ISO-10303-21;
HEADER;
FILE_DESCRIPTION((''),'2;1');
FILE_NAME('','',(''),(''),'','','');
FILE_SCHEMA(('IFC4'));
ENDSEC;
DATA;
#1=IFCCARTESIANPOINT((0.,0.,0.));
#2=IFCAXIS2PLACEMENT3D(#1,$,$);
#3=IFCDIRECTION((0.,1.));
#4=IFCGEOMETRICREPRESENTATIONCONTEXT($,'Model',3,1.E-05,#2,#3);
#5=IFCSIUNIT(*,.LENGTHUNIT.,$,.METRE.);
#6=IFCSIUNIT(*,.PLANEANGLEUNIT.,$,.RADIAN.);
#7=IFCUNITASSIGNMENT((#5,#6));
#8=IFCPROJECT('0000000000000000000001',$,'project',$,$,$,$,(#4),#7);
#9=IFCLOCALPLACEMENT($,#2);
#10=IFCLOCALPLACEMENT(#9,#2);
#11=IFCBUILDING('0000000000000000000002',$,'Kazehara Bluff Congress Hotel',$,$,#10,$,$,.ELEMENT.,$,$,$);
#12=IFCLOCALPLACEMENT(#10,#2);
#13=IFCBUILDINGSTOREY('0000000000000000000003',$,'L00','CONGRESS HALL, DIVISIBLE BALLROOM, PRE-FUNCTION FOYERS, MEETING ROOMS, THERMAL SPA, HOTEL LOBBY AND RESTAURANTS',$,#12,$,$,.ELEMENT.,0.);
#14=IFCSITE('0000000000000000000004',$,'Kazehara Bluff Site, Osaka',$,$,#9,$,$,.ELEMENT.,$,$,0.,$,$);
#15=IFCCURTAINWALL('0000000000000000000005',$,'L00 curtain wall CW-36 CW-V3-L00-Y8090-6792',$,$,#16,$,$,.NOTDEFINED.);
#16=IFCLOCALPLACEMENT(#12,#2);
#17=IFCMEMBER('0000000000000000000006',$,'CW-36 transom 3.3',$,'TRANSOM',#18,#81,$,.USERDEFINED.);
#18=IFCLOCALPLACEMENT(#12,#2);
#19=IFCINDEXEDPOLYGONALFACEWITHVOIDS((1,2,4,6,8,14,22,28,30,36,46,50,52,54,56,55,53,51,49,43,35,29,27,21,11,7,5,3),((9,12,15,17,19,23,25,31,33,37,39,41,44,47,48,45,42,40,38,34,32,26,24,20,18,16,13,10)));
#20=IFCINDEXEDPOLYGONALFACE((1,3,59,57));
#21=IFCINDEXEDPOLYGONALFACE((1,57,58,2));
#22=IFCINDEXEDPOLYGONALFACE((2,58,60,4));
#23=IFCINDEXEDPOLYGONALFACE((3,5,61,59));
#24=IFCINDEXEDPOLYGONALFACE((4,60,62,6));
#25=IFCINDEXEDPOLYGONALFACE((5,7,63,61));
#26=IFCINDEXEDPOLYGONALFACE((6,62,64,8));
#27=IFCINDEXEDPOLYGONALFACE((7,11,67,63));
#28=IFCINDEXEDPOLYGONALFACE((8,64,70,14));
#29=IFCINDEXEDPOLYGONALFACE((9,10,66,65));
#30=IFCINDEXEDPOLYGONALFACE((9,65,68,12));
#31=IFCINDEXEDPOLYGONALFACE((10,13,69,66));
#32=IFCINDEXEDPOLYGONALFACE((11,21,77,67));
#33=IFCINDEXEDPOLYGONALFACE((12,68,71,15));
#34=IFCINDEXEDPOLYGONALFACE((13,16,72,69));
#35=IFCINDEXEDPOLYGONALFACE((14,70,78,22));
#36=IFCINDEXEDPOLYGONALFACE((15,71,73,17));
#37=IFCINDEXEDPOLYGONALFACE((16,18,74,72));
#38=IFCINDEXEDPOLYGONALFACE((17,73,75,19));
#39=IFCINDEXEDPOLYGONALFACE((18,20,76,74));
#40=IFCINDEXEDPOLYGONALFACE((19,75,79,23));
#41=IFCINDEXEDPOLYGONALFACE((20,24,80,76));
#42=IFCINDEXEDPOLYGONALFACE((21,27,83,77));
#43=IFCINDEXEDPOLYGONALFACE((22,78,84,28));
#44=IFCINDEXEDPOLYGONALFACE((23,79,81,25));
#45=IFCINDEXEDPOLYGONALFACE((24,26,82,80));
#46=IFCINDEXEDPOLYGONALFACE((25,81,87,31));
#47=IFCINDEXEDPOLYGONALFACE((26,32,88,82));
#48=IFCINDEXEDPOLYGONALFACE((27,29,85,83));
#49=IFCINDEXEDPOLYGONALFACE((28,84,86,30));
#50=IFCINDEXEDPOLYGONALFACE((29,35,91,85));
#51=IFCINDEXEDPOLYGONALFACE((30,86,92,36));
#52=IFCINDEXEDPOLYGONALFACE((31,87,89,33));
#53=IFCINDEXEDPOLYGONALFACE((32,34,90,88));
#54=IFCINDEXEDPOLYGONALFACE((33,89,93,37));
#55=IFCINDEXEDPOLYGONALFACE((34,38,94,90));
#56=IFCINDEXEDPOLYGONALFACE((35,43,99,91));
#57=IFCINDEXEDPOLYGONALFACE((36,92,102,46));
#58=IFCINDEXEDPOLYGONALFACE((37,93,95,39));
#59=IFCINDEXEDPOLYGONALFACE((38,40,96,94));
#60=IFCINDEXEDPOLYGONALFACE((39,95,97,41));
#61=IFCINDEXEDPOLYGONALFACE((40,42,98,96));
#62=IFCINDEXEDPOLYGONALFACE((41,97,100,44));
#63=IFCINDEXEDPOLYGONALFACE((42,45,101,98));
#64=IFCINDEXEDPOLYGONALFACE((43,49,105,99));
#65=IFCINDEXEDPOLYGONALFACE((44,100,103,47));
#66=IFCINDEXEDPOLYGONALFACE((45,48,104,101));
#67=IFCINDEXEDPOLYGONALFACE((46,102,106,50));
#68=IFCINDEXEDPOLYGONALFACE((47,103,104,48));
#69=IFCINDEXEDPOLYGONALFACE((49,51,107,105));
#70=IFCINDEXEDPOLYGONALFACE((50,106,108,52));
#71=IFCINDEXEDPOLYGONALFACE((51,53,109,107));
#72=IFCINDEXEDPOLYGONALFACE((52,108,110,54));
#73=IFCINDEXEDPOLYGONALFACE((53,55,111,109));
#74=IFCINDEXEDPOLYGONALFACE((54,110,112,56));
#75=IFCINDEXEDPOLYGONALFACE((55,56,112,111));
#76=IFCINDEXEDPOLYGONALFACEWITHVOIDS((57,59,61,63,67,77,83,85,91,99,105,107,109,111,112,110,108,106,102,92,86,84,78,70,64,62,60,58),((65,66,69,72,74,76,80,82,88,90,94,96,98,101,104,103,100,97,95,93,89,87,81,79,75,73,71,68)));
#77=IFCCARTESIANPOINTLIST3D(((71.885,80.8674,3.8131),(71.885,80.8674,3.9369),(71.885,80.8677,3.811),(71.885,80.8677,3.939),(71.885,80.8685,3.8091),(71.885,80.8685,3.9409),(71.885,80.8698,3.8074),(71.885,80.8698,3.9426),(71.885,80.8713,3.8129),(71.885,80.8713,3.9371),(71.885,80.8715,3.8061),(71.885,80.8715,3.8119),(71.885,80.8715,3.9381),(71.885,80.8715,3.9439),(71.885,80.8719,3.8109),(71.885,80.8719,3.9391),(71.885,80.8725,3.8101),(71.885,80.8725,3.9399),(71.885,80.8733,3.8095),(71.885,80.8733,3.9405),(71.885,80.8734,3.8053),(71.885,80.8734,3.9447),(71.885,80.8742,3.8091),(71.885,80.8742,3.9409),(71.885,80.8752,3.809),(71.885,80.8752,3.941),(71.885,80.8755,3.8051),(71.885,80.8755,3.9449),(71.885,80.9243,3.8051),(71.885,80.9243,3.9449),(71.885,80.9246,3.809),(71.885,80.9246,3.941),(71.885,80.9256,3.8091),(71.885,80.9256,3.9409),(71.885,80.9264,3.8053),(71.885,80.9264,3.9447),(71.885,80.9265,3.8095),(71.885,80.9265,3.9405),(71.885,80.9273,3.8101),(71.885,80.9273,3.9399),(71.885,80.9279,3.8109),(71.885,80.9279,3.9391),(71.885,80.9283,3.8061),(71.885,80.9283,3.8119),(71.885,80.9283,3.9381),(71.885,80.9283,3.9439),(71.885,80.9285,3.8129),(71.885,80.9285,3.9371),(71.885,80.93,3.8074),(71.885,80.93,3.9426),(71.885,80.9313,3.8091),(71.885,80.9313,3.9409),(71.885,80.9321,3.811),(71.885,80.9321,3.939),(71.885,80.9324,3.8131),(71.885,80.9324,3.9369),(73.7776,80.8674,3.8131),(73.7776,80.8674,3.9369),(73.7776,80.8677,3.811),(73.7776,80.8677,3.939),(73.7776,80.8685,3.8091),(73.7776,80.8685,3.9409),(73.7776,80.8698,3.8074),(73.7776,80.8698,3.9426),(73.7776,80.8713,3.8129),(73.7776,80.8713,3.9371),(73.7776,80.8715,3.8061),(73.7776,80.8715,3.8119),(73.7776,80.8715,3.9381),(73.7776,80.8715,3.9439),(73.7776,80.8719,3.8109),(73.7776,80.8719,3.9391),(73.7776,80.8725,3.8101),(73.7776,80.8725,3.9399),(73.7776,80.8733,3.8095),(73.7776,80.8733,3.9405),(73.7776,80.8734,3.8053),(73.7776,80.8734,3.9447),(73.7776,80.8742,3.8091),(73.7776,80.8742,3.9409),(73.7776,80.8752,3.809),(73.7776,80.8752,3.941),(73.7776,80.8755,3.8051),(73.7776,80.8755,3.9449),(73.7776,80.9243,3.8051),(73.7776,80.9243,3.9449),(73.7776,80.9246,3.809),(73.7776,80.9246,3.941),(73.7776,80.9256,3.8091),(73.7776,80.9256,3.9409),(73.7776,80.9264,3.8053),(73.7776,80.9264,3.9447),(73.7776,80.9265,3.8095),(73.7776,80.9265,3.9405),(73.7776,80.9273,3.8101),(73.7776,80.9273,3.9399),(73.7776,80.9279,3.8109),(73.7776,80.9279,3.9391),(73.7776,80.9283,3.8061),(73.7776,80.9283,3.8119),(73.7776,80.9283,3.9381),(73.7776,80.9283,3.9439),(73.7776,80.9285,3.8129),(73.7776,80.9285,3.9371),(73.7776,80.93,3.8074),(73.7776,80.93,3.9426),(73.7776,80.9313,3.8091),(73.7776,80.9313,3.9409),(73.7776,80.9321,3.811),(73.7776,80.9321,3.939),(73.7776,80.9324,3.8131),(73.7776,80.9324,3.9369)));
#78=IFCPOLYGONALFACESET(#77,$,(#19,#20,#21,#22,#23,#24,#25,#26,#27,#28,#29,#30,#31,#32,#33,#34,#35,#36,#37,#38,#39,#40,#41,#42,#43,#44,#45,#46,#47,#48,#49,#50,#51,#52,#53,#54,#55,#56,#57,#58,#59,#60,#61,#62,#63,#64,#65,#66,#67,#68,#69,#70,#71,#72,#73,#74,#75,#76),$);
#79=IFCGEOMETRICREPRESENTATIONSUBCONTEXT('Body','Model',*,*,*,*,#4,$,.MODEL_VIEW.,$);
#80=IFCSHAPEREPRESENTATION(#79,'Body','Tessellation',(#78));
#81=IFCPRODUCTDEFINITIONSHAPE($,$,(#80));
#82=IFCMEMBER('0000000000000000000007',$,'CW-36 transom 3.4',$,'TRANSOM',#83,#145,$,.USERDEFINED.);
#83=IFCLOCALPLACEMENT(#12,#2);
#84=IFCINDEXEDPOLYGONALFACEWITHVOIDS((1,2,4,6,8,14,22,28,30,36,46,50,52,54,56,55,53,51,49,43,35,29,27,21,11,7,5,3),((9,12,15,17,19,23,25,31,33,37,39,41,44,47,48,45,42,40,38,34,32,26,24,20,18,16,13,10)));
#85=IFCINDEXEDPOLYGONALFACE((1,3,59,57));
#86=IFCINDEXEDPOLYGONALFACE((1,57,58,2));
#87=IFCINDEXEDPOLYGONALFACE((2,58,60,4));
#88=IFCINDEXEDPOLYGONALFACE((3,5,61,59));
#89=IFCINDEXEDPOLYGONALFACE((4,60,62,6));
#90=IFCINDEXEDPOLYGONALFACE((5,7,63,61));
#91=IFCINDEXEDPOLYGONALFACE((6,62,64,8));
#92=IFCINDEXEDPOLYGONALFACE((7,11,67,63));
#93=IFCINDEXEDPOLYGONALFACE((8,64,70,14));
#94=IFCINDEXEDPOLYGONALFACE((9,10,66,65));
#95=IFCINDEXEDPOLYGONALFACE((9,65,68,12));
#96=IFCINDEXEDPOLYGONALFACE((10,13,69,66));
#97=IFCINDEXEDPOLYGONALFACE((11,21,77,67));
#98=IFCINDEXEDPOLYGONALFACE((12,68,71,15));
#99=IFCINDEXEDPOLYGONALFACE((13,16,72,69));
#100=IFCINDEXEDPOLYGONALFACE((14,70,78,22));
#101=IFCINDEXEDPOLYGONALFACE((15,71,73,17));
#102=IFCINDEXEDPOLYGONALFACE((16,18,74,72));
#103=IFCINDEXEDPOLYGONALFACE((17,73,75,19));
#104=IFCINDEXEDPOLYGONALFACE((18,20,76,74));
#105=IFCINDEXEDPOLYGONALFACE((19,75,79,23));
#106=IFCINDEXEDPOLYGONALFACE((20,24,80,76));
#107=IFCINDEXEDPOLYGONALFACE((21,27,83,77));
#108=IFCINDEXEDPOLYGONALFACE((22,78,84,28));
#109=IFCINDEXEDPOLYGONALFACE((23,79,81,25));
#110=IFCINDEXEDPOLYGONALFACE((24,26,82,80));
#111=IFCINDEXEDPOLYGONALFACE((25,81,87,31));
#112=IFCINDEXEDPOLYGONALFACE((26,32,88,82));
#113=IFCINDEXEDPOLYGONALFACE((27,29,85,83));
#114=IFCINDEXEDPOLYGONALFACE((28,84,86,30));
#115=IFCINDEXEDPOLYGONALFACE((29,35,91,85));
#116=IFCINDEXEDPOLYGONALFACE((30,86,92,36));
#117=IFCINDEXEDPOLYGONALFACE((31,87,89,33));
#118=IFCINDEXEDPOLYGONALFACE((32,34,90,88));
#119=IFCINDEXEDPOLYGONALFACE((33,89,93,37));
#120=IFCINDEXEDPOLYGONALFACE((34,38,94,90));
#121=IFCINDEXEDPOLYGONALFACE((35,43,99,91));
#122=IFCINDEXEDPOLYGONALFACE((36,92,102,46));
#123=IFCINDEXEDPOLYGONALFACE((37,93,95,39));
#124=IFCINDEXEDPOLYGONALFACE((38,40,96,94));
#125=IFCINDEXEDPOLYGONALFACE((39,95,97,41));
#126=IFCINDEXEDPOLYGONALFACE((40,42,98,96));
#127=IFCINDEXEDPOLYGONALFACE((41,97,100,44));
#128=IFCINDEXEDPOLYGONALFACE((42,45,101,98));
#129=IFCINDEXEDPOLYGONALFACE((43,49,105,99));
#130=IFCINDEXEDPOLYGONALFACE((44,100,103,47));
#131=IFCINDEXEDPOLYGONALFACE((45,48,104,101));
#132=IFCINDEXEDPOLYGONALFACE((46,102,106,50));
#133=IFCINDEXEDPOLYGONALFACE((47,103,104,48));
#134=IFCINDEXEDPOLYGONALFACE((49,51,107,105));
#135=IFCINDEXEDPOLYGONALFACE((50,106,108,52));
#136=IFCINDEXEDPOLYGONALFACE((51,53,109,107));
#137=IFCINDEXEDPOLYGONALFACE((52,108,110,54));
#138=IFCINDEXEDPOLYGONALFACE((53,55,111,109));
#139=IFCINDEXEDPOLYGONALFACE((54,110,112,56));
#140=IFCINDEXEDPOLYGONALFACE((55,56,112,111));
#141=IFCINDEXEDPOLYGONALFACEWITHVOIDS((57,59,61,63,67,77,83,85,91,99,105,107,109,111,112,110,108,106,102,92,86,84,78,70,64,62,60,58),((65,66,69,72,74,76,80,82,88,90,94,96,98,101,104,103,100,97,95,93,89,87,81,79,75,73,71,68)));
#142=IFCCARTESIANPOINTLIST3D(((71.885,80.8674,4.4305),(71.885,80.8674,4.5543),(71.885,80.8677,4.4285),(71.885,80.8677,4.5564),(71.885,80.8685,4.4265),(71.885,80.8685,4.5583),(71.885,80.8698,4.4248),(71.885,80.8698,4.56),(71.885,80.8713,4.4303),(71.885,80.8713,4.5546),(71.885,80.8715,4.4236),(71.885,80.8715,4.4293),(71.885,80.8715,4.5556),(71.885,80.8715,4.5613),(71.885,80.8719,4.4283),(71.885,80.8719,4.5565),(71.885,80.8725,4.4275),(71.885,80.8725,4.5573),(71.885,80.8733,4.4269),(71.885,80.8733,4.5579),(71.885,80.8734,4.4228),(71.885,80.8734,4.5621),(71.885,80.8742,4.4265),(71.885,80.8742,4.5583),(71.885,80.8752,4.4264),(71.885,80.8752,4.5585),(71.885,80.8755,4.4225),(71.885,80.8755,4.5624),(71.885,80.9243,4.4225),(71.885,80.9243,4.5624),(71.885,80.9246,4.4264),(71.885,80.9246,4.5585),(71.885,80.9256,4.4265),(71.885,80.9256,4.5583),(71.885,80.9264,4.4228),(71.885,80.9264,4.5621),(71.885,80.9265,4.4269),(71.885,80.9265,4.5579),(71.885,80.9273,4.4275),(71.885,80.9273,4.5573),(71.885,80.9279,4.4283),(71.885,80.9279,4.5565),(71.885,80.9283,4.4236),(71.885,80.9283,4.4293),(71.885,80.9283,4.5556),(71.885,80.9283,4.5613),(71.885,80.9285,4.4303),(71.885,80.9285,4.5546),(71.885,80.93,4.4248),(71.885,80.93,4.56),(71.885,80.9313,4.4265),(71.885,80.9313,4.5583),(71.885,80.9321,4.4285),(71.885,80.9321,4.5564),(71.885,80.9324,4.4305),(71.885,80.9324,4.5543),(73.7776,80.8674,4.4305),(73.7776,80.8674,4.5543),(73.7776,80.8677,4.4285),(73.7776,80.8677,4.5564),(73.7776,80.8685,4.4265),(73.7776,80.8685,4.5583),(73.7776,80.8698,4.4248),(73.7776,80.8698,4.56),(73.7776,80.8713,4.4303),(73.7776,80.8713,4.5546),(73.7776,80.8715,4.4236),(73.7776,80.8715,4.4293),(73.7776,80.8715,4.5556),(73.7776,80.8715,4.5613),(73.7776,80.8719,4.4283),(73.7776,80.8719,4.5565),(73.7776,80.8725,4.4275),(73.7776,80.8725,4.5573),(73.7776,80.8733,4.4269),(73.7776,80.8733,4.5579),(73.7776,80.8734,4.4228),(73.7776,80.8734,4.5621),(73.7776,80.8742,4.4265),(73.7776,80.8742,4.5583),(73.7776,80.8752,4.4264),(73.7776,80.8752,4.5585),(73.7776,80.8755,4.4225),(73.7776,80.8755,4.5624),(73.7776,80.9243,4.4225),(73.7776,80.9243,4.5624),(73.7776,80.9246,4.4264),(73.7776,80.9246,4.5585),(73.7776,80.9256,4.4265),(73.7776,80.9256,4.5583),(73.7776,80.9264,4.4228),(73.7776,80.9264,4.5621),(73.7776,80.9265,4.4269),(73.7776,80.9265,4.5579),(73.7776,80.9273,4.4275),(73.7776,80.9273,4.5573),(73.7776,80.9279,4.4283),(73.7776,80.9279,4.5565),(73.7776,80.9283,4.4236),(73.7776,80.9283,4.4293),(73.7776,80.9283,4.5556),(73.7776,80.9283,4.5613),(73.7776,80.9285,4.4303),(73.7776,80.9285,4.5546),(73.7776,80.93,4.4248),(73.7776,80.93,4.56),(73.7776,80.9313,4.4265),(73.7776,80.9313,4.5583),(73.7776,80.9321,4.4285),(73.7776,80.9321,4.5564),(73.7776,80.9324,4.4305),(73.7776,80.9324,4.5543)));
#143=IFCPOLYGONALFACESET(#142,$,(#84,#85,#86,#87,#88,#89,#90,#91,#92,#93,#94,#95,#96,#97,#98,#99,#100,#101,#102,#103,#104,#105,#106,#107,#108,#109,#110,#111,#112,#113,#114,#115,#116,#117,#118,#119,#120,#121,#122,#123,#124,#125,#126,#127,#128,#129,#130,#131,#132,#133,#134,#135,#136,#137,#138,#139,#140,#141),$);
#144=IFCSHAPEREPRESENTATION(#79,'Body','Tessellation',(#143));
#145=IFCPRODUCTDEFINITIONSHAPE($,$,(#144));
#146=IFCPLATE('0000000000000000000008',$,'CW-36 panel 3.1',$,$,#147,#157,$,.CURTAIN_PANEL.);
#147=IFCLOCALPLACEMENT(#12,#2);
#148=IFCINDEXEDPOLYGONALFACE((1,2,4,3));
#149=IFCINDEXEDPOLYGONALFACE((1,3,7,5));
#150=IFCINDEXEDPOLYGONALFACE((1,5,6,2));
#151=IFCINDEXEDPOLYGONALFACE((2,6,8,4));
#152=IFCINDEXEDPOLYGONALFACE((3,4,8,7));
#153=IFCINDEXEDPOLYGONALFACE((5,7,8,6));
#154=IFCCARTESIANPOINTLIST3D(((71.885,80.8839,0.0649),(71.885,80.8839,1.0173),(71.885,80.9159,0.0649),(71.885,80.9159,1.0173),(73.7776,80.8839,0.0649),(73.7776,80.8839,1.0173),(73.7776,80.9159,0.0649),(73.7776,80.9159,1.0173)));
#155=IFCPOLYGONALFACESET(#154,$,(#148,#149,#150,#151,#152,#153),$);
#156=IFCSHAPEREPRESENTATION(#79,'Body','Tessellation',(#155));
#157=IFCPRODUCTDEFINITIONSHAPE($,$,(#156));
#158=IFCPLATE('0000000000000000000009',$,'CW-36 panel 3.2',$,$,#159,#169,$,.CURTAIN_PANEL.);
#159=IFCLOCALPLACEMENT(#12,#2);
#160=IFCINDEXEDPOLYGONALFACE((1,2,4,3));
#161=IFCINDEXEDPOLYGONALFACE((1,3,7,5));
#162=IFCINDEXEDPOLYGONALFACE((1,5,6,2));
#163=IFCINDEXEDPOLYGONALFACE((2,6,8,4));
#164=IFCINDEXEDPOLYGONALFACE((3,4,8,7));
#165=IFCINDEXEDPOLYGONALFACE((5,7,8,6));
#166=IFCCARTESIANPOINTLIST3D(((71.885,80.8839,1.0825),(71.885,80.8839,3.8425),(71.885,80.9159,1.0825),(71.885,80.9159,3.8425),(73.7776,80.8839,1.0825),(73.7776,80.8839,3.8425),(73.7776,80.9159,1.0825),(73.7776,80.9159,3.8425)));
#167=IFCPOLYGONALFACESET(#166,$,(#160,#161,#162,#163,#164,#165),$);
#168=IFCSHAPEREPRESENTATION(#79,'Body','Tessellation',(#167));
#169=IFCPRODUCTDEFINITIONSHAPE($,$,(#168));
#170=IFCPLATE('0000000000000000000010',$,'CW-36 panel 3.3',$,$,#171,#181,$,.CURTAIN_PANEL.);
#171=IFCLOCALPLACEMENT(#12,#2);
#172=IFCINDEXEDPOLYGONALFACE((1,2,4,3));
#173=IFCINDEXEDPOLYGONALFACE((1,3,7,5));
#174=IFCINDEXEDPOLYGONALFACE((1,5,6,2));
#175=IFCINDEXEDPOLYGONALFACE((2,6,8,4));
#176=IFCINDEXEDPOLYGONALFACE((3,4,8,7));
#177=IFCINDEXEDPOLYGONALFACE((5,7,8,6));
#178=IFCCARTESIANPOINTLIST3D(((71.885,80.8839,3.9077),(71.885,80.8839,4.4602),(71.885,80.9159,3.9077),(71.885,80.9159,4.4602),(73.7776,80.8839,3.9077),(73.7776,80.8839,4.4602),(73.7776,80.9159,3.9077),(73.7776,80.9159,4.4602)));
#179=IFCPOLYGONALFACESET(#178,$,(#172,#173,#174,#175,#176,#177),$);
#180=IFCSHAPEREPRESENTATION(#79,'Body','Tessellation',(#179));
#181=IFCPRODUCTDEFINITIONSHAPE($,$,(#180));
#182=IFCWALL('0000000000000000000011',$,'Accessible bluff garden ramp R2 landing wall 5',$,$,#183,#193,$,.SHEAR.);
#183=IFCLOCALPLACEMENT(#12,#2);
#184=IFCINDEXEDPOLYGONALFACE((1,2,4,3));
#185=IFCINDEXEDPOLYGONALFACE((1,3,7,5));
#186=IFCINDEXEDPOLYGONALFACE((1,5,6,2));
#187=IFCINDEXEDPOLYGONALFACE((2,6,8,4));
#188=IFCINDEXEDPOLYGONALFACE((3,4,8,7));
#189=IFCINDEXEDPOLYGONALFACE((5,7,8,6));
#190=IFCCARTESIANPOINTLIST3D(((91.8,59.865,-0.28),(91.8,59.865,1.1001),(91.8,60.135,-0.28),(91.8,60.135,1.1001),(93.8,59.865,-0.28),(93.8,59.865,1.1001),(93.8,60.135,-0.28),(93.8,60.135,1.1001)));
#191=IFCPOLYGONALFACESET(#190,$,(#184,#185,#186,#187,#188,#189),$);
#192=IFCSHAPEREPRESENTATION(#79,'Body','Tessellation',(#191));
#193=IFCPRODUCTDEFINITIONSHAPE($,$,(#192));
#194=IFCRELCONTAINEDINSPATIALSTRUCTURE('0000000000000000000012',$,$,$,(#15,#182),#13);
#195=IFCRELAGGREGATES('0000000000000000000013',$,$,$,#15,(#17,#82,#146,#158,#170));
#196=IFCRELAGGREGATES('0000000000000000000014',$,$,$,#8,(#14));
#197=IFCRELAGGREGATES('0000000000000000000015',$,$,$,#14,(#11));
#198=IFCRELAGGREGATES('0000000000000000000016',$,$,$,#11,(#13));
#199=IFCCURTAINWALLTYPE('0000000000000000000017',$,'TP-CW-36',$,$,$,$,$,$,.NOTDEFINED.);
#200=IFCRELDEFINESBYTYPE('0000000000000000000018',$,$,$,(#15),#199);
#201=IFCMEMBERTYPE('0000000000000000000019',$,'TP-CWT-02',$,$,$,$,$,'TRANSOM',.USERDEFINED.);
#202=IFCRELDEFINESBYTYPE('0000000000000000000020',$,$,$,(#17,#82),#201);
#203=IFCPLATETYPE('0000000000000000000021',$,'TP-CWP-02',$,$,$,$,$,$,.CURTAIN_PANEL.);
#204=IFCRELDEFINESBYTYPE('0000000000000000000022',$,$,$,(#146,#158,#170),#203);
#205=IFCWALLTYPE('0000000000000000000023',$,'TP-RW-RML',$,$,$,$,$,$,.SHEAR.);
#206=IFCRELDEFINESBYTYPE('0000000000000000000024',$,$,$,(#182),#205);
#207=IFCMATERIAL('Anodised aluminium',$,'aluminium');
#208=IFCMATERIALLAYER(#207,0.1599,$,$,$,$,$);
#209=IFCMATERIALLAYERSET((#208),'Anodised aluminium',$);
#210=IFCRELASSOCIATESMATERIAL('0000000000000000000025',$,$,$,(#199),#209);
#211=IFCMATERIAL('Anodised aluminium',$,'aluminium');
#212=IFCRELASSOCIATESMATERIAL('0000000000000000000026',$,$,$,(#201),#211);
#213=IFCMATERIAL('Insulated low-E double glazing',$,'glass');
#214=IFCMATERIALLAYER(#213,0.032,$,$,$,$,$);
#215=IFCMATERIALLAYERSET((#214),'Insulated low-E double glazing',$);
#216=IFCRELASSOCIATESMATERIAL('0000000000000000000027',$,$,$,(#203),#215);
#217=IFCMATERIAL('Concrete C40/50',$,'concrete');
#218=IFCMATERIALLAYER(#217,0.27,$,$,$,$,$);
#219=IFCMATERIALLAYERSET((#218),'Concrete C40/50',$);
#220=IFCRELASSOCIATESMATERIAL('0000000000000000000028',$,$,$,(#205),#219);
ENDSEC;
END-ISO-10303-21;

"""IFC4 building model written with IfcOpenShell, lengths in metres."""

from ifc_helpers import new_model, si_unit, direction, frame, frame_2d, origin, origin_2d, place, context, subcontext, project, spatial, rectangle, hollow_rectangle, extrude, material, layer, layer_set, material_profile, profile_set, type_object, element, aggregate, save


model = new_model("IFC4")

# Units and contexts
model_context = context("Model", 3, precision=1e-05, world=origin(), true_north=direction((0.0, 1.0)))
body_context = subcontext(model_context, "Body", "Model", "MODEL_VIEW")
ifc_project = project(units=[si_unit("LENGTHUNIT", "METRE"), si_unit("PLANEANGLEUNIT", "RADIAN")], contexts=[model_context])

# Site, building, storey
site_placement = place(None, origin())
site = spatial("IfcSite", under=ifc_project, at=site_placement, Name="Kazehara Bluff Site, Osaka", CompositionType="ELEMENT", RefElevation=0.0)
building_placement = place(site_placement, origin())
building = spatial("IfcBuilding", under=site, at=building_placement, Name="Kazehara Bluff Congress Hotel", CompositionType="ELEMENT")
storey_placement = place(building_placement, origin())
storey = spatial("IfcBuildingStorey", under=building, at=storey_placement, Name="L00", Description="CONGRESS HALL, DIVISIBLE BALLROOM, PRE-FUNCTION FOYERS, MEETING ROOMS, THERMAL SPA, HOTEL LOBBY AND RESTAURANTS", CompositionType="ELEMENT", Elevation=0.0)

# Curtain wall, members, plates
ifc_material_1 = material(Name="Anodised aluminium", Category="aluminium")
ifc_layer_1 = layer(ifc_material_1, 0.1599)
ifc_layer_set_1 = layer_set([ifc_layer_1], Name="Anodised aluminium")
curtain_wall_type = type_object("IfcCurtainWallType", Name="TP-CW-36", PredefinedType="NOTDEFINED", material=ifc_layer_set_1)
curtain_wall_placement = place(storey_placement, origin())
curtain_wall = element("IfcCurtainWall", 1, at=curtain_wall_placement, inside=storey, type_object=curtain_wall_type, Name="L00 curtain wall CW-36 CW-V3-L00-Y8090-6792", PredefinedType="NOTDEFINED")
ifc_material_2 = material(Name="Anodised aluminium", Category="aluminium")
ifc_material_profile_1 = material_profile(ifc_material_2, hollow_rectangle(XDim=0.0649, YDim=0.1399, WallThickness=0.0039, InnerFilletRadius=0.0039, OuterFilletRadius=0.0081, at=origin_2d()))
ifc_profile_set_1 = profile_set([ifc_material_profile_1], Name="Anodised aluminium")
member_type_1 = type_object("IfcMemberType", Name="TP-CWT-02", ElementType="TRANSOM", PredefinedType="USERDEFINED", material=ifc_profile_set_1)
member_1_placement = place(storey_placement, frame((71.885, 80.8999, 3.875), z_axis=(1.0, 0.0, 0.0), x_axis=(0.0, 1.0, 0.0)))
member_1 = element("IfcMember", 2, at=member_1_placement, type_object=member_type_1, Name="CW-36 transom 3.3", ObjectType="TRANSOM", PredefinedType="USERDEFINED", context=body_context, shape_type="SweptSolid", body=[
    extrude(hollow_rectangle(XDim=0.0649, YDim=0.1399, WallThickness=0.0039, InnerFilletRadius=0.0039, OuterFilletRadius=0.0081, at=origin_2d()), origin(), (0.0, 0.0, 1.0), 1.8926),
])
member_2_placement = place(storey_placement, frame((71.885, 80.8999, 4.4924), z_axis=(1.0, 0.0, 0.0), x_axis=(0.0, 1.0, 0.0)))
member_2 = element("IfcMember", 3, at=member_2_placement, type_object=member_type_1, Name="CW-36 transom 3.4", ObjectType="TRANSOM", PredefinedType="USERDEFINED", context=body_context, shape_type="SweptSolid", body=[
    extrude(hollow_rectangle(XDim=0.0649, YDim=0.1399, WallThickness=0.0039, InnerFilletRadius=0.0039, OuterFilletRadius=0.0081, at=origin_2d()), origin(), (0.0, 0.0, 1.0), 1.8926),
])
ifc_material_3 = material(Name="Insulated low-E double glazing", Category="glass")
ifc_layer_2 = layer(ifc_material_3, 0.032)
ifc_layer_set_2 = layer_set([ifc_layer_2], Name="Insulated low-E double glazing")
plate_type = type_object("IfcPlateType", Name="TP-CWP-02", PredefinedType="CURTAIN_PANEL", material=ifc_layer_set_2)
plate_1_placement = place(storey_placement, frame((72.8313, 80.8999, 0.0649), z_axis=(0.0, 0.0, 1.0), x_axis=(1.0, 0.0, 0.0)))
plate_1 = element("IfcPlate", 4, at=plate_1_placement, type_object=plate_type, Name="CW-36 panel 3.1", PredefinedType="CURTAIN_PANEL", context=body_context, shape_type="SweptSolid", body=[
    extrude(rectangle(XDim=1.8926, YDim=0.032, at=origin_2d()), origin(), (0.0, 0.0, 1.0), 0.9524),
])
plate_2_placement = place(storey_placement, frame((72.8313, 80.8999, 1.0825), z_axis=(0.0, 0.0, 1.0), x_axis=(1.0, 0.0, 0.0)))
plate_2 = element("IfcPlate", 5, at=plate_2_placement, type_object=plate_type, Name="CW-36 panel 3.2", PredefinedType="CURTAIN_PANEL", context=body_context, shape_type="SweptSolid", body=[
    extrude(rectangle(XDim=1.8926, YDim=0.032, at=origin_2d()), origin(), (0.0, 0.0, 1.0), 2.76),
])
plate_3_placement = place(storey_placement, frame((72.8313, 80.8999, 3.9077), z_axis=(0.0, 0.0, 1.0), x_axis=(1.0, 0.0, 0.0)))
plate_3 = element("IfcPlate", 6, at=plate_3_placement, type_object=plate_type, Name="CW-36 panel 3.3", PredefinedType="CURTAIN_PANEL", context=body_context, shape_type="SweptSolid", body=[
    extrude(rectangle(XDim=1.8926, YDim=0.032, at=origin_2d()), origin(), (0.0, 0.0, 1.0), 0.5525),
])
aggregate(curtain_wall, [member_1, member_2, plate_1, plate_2, plate_3])

# Wall
ifc_material_4 = material(Name="Concrete C40/50", Category="concrete")
ifc_layer_3 = layer(ifc_material_4, 0.27)
ifc_layer_set_3 = layer_set([ifc_layer_3], Name="Concrete C40/50")
wall_type_1 = type_object("IfcWallType", Name="TP-RW-RML", PredefinedType="SHEAR", material=ifc_layer_set_3)
for number, where, z_axis, x_axis, name in (
    (7, (91.8, 60.0, -0.28), (0.0, 0.0, 1.0), (1.0, 0.0, 0.0), "Accessible bluff garden ramp R2 landing wall 5"),
):
    element("IfcWall", number, at=place(storey_placement, frame(where, z_axis=z_axis, x_axis=x_axis)), inside=storey, type_object=wall_type_1, Name=name, PredefinedType="SHEAR", context=body_context, shape_type="SweptSolid", body=[
        extrude(rectangle(XDim=2.0, YDim=0.27, at=frame_2d((1.0, 0.0))), origin(), (0.0, 0.0, 1.0), 1.3801),
    ])

save(model, "model.ifc")
